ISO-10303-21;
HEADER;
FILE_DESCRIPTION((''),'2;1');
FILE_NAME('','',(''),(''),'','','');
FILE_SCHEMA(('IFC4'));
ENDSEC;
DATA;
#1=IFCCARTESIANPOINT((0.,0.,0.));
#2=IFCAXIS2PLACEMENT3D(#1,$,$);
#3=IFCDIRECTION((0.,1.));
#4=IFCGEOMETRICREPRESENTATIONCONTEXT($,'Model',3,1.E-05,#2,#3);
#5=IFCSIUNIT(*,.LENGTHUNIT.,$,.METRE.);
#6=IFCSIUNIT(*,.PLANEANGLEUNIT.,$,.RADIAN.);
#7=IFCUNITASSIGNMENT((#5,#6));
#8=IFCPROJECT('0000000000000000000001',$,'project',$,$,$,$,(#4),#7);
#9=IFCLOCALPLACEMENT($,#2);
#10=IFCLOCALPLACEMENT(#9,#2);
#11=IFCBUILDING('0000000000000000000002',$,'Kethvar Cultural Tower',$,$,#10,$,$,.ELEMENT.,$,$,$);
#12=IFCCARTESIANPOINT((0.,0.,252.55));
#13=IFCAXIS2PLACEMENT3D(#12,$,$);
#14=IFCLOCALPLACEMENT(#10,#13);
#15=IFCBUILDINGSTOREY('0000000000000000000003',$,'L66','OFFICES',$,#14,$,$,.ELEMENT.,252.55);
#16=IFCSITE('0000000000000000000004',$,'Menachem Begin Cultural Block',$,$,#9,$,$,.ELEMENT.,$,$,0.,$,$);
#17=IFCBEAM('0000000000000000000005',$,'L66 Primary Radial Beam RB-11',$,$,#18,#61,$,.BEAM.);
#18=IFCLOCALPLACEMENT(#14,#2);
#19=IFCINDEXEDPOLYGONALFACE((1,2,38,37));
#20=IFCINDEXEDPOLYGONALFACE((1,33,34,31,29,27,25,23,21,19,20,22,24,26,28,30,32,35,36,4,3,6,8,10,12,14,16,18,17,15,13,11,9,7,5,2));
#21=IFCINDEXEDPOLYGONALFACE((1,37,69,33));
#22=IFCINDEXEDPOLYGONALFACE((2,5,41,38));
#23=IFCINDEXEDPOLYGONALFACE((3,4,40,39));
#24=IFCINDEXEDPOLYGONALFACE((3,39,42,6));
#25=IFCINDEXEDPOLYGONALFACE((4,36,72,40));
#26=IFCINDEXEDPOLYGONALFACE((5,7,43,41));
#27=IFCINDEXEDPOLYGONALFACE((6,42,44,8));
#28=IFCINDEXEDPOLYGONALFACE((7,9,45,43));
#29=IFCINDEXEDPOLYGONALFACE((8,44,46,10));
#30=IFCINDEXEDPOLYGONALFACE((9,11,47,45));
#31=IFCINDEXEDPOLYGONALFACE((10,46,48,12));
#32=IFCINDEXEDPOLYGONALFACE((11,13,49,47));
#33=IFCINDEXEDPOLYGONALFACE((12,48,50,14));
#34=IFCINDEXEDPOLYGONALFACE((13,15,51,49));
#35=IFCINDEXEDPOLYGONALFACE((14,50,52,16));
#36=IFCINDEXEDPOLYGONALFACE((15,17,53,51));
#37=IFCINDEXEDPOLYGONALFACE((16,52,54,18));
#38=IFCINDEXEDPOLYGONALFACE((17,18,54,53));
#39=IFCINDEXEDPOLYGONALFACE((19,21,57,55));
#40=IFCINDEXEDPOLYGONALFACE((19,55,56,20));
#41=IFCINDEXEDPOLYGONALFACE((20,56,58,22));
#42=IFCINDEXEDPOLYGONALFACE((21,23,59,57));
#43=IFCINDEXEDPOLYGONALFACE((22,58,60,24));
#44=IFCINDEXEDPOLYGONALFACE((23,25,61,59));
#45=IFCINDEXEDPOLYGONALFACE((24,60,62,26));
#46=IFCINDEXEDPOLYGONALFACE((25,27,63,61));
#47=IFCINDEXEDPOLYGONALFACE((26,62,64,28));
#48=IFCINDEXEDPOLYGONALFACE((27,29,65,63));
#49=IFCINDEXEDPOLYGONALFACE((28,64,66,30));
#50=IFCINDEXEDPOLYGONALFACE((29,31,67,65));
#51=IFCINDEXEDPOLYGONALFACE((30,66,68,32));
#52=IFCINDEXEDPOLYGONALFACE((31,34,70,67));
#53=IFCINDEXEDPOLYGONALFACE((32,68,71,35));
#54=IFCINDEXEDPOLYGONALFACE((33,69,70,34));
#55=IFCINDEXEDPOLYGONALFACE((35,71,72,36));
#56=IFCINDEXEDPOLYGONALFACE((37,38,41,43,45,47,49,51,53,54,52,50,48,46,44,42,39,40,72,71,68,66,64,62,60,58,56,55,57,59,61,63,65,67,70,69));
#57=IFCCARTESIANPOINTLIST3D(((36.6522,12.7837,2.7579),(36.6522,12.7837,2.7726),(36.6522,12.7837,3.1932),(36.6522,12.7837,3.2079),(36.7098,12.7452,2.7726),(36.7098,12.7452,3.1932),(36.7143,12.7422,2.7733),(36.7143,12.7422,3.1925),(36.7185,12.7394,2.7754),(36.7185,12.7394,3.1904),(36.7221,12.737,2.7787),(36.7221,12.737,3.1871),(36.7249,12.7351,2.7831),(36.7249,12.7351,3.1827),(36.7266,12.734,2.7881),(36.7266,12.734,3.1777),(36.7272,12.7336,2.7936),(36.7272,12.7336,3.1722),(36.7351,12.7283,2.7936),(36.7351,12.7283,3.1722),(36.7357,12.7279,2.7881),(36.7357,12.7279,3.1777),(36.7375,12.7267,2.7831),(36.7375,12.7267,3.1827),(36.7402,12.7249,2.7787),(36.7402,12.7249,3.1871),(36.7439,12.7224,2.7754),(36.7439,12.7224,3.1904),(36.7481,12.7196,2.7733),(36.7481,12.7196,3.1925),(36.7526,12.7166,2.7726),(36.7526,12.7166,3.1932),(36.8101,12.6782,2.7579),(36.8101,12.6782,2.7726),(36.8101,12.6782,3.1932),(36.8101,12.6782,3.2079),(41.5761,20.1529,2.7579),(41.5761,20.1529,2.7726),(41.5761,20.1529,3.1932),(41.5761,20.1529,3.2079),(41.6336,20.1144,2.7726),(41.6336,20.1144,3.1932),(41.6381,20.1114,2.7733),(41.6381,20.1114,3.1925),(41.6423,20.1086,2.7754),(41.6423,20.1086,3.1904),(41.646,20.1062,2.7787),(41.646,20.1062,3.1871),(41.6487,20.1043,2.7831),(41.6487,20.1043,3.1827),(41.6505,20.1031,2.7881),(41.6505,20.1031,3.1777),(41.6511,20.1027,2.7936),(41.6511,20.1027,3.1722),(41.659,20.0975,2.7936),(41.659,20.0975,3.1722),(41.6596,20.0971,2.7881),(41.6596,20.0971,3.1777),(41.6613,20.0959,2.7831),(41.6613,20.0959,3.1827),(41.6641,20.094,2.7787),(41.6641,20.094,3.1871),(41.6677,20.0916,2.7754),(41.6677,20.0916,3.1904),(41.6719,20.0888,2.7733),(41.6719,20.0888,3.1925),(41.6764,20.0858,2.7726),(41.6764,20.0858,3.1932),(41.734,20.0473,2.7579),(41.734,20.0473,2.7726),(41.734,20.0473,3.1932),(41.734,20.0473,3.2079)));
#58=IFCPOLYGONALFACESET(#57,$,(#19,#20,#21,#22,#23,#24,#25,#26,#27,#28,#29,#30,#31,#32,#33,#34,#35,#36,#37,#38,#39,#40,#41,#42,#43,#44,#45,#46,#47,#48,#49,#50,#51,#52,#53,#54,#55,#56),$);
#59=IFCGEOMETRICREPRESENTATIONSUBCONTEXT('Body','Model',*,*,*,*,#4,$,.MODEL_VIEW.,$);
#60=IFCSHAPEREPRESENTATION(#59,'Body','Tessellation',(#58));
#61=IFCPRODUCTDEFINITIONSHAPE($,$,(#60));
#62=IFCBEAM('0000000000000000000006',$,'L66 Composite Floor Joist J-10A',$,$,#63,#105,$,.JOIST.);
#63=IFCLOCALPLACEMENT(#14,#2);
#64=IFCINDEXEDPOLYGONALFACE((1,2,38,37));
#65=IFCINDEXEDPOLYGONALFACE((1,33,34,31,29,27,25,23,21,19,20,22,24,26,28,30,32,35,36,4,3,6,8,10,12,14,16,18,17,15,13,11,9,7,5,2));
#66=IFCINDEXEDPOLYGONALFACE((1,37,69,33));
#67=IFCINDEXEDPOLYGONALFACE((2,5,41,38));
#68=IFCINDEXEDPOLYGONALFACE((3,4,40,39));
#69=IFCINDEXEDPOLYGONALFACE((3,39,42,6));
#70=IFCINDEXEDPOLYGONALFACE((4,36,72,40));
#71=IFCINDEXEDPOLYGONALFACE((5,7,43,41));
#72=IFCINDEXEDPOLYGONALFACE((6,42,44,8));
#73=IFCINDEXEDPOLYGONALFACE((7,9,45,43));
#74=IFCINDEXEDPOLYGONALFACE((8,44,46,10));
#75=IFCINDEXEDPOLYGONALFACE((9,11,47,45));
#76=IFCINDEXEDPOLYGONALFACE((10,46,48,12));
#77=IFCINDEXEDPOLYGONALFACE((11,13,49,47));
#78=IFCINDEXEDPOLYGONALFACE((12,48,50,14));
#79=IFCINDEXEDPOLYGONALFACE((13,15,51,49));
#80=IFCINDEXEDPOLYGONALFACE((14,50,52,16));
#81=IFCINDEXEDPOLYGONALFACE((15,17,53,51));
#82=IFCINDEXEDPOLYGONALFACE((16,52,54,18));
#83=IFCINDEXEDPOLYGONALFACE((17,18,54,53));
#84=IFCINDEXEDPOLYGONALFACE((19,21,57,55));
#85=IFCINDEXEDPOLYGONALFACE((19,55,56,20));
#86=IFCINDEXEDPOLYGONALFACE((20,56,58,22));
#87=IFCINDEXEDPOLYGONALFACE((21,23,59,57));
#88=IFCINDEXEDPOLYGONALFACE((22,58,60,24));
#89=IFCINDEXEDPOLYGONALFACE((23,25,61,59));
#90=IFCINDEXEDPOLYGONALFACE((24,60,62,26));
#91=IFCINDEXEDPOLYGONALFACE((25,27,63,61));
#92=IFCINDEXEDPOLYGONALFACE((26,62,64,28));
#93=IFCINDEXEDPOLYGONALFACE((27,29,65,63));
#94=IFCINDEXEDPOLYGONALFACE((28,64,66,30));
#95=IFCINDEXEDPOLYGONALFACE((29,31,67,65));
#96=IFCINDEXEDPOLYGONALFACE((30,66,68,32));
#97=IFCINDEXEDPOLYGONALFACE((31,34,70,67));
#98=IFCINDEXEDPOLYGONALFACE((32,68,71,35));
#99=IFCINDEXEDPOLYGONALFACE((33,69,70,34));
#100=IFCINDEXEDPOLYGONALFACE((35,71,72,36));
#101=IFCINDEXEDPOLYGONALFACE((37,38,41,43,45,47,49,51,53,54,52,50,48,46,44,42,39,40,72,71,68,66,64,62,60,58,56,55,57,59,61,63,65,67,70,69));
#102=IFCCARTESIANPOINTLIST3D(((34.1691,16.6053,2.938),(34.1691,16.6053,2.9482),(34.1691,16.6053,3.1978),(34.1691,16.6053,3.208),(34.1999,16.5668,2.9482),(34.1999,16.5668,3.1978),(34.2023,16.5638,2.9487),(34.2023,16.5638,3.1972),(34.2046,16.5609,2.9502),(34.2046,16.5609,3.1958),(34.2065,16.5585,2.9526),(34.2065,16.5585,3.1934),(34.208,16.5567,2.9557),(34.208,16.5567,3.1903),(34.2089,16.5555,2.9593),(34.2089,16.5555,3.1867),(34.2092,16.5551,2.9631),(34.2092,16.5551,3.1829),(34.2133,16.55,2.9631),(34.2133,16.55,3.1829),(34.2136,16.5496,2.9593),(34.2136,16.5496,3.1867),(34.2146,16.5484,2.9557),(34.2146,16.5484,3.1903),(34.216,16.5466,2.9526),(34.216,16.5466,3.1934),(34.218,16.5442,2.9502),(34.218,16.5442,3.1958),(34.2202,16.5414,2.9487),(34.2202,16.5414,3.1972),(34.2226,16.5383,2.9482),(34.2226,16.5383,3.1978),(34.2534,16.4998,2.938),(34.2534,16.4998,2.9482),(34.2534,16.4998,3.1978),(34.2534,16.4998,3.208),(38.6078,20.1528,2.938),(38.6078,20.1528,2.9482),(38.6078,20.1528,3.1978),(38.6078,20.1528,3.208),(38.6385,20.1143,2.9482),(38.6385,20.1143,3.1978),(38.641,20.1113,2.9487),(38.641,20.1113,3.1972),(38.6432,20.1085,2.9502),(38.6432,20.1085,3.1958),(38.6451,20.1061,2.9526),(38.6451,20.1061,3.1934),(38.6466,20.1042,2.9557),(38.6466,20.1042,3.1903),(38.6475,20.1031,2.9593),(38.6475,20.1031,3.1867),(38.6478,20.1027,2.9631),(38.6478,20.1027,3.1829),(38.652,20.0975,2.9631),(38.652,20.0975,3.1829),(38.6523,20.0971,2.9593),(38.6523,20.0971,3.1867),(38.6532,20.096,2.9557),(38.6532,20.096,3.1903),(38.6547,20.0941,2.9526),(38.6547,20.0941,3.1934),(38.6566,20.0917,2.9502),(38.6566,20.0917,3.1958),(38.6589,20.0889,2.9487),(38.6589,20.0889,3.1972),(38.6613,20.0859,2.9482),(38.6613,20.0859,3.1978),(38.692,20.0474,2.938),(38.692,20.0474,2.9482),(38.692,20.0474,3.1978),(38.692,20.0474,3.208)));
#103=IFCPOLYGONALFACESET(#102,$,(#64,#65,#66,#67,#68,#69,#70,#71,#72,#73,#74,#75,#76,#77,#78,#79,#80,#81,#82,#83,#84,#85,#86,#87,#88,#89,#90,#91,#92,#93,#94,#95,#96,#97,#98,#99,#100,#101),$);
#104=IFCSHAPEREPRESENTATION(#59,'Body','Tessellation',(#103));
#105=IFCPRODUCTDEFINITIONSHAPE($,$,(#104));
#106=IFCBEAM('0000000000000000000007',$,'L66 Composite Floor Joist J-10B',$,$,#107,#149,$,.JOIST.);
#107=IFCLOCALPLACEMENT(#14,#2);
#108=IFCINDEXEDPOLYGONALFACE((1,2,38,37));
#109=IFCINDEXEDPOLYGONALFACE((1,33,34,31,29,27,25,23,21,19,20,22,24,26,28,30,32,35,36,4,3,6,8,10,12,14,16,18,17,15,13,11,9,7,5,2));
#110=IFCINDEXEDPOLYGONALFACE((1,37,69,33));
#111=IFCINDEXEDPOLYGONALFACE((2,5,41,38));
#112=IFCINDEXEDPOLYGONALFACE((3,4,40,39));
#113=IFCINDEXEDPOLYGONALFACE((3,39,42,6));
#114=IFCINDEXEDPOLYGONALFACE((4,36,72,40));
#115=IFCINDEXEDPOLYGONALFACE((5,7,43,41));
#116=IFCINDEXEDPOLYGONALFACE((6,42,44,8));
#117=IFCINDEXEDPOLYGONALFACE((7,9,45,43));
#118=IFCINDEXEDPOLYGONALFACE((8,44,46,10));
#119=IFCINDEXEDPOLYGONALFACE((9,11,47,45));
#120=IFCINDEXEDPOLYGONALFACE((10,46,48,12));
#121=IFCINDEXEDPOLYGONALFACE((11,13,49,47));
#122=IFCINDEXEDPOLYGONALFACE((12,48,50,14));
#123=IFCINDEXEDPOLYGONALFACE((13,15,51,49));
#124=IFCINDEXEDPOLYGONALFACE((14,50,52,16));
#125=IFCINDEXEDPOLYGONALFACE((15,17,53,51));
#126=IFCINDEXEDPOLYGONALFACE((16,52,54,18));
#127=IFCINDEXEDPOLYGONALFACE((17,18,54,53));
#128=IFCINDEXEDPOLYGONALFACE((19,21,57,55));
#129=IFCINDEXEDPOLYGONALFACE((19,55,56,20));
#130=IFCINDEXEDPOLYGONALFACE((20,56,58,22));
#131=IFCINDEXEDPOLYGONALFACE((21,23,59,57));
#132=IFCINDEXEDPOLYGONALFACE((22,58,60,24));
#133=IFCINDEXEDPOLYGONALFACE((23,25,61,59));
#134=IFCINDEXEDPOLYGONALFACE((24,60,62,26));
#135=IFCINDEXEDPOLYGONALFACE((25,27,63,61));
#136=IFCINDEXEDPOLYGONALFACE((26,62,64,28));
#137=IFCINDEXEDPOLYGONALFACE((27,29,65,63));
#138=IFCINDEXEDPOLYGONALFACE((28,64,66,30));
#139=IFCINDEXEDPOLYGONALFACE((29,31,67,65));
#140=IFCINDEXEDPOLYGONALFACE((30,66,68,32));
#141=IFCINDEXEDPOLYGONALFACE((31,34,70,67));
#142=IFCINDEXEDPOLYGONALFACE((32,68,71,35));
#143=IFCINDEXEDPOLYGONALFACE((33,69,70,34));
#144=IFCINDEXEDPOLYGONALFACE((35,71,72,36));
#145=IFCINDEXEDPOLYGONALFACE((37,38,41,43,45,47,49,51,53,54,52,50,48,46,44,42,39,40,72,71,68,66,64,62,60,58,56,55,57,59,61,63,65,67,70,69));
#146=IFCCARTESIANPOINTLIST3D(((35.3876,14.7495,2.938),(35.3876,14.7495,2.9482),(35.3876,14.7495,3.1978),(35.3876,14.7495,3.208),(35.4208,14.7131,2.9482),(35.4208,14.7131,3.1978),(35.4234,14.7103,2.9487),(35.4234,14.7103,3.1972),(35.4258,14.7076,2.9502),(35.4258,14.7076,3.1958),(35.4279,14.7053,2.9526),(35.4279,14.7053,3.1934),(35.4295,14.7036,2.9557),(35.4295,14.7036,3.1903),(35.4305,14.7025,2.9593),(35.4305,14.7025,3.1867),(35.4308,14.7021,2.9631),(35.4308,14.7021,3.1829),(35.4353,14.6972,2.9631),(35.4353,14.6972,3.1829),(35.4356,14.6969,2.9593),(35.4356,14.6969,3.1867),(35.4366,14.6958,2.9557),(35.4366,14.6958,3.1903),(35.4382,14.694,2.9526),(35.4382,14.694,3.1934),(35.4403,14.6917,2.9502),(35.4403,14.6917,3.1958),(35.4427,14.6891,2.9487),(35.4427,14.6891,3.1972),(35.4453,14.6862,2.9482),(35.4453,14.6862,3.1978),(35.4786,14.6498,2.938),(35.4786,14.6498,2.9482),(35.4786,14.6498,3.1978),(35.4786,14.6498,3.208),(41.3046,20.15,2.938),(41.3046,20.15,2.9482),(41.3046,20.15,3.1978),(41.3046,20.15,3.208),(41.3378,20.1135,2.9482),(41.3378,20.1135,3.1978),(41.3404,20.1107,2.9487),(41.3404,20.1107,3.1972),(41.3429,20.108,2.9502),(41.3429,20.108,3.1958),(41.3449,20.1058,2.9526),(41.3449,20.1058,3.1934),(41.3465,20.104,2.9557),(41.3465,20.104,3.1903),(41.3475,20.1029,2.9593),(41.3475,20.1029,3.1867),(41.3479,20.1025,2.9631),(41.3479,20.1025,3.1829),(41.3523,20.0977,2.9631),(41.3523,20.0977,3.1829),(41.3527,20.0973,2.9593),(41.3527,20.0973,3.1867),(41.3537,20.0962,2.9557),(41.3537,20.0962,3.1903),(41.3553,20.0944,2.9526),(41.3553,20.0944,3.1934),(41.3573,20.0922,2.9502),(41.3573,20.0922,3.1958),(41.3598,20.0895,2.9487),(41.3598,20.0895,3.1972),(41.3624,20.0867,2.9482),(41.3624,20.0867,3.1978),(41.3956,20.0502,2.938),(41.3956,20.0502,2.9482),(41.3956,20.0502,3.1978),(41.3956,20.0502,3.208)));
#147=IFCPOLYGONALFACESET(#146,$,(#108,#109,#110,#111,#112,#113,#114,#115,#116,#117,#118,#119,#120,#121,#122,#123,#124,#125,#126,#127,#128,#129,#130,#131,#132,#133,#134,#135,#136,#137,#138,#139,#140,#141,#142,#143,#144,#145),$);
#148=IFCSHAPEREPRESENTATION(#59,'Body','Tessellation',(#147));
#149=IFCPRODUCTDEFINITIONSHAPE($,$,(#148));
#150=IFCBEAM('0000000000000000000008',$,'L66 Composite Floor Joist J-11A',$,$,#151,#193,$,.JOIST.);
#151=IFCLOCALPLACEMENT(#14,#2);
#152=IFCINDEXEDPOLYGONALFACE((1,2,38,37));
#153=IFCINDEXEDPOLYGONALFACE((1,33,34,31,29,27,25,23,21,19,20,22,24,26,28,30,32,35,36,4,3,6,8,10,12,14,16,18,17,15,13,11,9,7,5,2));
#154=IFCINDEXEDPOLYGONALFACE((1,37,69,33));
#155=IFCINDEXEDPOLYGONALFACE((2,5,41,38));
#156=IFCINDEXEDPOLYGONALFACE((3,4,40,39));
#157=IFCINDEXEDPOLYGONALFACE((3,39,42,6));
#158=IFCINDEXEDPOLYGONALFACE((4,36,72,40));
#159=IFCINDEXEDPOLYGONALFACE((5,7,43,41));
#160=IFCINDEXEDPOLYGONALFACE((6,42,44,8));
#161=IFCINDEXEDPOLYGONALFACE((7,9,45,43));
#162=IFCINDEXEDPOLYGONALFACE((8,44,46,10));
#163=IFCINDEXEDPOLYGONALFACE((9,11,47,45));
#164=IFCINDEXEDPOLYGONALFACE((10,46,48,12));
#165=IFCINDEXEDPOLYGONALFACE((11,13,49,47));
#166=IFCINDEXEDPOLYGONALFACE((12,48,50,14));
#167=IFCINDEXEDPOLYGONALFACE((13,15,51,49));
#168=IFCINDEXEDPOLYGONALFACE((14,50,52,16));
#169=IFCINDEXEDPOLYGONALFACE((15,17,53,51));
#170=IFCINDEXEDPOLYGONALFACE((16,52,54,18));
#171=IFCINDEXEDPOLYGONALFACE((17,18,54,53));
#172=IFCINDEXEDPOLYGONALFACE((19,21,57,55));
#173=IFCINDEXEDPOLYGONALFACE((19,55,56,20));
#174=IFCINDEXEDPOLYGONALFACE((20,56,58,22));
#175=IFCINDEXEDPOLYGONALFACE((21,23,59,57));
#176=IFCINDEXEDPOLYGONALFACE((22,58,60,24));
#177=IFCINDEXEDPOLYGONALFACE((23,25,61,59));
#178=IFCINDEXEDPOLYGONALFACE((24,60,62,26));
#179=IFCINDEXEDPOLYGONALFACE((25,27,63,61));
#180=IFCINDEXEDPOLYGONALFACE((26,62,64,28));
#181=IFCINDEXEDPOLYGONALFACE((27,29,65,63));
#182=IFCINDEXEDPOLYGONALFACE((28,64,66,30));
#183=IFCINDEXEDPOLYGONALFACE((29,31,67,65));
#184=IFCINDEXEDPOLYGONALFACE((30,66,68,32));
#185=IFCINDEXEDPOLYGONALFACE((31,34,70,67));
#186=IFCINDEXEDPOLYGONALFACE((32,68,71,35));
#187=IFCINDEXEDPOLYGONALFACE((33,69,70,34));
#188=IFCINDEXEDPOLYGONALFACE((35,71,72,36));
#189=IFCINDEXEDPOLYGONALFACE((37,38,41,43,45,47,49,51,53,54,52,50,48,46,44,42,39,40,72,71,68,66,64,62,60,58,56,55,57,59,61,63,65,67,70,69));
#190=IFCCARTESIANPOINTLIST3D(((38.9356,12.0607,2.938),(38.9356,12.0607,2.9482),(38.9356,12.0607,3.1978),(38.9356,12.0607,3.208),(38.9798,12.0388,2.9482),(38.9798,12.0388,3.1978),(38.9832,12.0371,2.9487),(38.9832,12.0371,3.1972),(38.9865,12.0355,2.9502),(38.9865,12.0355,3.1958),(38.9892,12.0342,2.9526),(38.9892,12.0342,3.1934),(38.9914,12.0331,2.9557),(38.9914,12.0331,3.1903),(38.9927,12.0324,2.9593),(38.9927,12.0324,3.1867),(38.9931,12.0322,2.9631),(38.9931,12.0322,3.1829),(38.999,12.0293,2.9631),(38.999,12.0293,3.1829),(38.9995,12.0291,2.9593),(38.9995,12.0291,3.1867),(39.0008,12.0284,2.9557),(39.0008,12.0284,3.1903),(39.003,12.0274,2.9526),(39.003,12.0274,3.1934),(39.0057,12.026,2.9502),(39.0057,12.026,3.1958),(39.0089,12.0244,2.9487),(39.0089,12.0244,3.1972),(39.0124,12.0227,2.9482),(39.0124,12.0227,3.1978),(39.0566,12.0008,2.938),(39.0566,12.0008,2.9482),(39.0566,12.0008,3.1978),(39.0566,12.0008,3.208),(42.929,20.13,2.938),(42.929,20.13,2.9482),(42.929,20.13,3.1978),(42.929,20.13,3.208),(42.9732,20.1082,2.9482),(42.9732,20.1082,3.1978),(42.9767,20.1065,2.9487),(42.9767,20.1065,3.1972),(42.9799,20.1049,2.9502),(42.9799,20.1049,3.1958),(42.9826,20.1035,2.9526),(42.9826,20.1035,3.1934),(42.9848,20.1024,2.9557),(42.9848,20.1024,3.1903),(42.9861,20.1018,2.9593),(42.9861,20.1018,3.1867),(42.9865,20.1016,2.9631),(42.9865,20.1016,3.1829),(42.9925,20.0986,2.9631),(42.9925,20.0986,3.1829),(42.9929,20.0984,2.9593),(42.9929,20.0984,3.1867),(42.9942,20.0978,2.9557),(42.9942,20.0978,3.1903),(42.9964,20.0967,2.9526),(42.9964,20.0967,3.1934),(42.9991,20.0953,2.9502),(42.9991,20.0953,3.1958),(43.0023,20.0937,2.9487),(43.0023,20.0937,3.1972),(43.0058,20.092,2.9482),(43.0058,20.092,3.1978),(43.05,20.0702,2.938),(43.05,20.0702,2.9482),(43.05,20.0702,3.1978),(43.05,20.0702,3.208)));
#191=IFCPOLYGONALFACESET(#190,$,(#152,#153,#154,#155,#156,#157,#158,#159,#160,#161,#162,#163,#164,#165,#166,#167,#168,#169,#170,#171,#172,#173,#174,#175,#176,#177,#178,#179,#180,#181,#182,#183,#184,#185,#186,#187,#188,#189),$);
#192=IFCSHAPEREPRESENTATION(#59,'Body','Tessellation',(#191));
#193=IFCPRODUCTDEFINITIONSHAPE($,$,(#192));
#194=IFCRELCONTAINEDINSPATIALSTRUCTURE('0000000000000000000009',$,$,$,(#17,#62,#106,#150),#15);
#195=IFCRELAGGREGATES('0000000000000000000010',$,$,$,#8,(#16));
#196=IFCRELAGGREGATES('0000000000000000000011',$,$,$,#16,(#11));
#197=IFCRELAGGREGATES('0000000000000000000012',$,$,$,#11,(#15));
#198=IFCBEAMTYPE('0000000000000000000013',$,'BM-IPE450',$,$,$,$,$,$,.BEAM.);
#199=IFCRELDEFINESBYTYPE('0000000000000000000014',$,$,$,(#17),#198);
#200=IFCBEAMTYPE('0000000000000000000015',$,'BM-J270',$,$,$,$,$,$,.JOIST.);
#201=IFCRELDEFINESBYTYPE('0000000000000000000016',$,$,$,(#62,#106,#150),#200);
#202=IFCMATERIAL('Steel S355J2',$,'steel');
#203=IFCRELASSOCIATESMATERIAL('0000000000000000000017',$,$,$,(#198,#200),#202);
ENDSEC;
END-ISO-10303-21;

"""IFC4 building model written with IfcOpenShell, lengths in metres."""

from ifc_helpers import new_model, si_unit, direction, frame, origin, origin_2d, place, context, subcontext, project, spatial, i_section, extrude, source, transform, mapped, material, material_profile, profile_set, type_object, element, save


model = new_model("IFC4")

# Units and contexts
model_context = context("Model", 3, precision=1e-05, world=origin(), true_north=direction((0.0, 1.0)))
body_context = subcontext(model_context, "Body", "Model", "MODEL_VIEW")
ifc_project = project(units=[si_unit("LENGTHUNIT", "METRE"), si_unit("PLANEANGLEUNIT", "RADIAN")], contexts=[model_context])

# Site, building, storey
site_placement = place(None, origin())
site = spatial("IfcSite", under=ifc_project, at=site_placement, Name="Menachem Begin Cultural Block", CompositionType="ELEMENT", RefElevation=0.0)
building_placement = place(site_placement, origin())
building = spatial("IfcBuilding", under=site, at=building_placement, Name="Kethvar Cultural Tower", CompositionType="ELEMENT")
storey_placement = place(building_placement, frame((0.0, 0.0, 252.55)))
storey = spatial("IfcBuildingStorey", under=building, at=storey_placement, Name="L66", Description="OFFICES", CompositionType="ELEMENT", Elevation=252.55)

# Beams
ifc_material_1 = material(Name="Steel S355J2", Category="steel")
ifc_material_profile_1 = material_profile(ifc_material_1, i_section(OverallWidth=0.1899, OverallDepth=0.45, WebThickness=0.0095, FlangeThickness=0.0146, FilletRadius=0.021, at=origin_2d()), Name="Steel S355J2 — IPE450")
ifc_profile_set_1 = profile_set([ifc_material_profile_1], Name="Steel S355J2 — IPE450")
beam_type_1 = type_object("IfcBeamType", Name="BM-IPE450", PredefinedType="BEAM", material=ifc_profile_set_1)
shared_shape_1 = source(origin(), body_context, "Body", "SweptSolid", [
    extrude(i_section(OverallWidth=0.1899, OverallDepth=0.45, WebThickness=0.0095, FlangeThickness=0.0146, FilletRadius=0.021, at=origin_2d()), origin(), (0.0, 0.0, 1.0), 8.8628),
])
beam_1_placement = place(storey_placement, frame((41.655, 20.1001, 2.9829), z_axis=(-0.555564, -0.831473, 0.0), x_axis=(0.831473, -0.555564, 0.0)))
element("IfcBeam", 1, at=beam_1_placement, inside=storey, type_object=beam_type_1, Name="L66 Primary Radial Beam RB-11", PredefinedType="BEAM", context=body_context, shape_type="MappedRepresentation", body=[
    mapped(shared_shape_1, transform((0.0, 0.0, 0.0), scale=1.0)),
])
ifc_material_profile_2 = material_profile(ifc_material_1, i_section(OverallWidth=0.135, OverallDepth=0.27, WebThickness=0.0066, FlangeThickness=0.0103, FilletRadius=0.0149, at=origin_2d()), Name="Steel S355J2 — IPE270")
ifc_profile_set_2 = profile_set([ifc_material_profile_2], Name="Steel S355J2 — IPE270")
beam_type_2 = type_object("IfcBeamType", Name="BM-J270", PredefinedType="JOIST", material=ifc_profile_set_2)
shared_shape_2 = source(origin(), body_context, "Body", "SweptSolid", [
    extrude(i_section(OverallWidth=0.135, OverallDepth=0.27, WebThickness=0.0066, FlangeThickness=0.0103, FilletRadius=0.0149, at=origin_2d()), origin(), (0.0, 0.0, 1.0), 5.6821),
])
beam_2_placement = place(storey_placement, frame((38.6499, 20.1001, 3.073), z_axis=(-0.781158, -0.624333, 0.0), x_axis=(0.624333, -0.781158, 0.0)))
element("IfcBeam", 2, at=beam_2_placement, inside=storey, type_object=beam_type_2, Name="L66 Composite Floor Joist J-10A", PredefinedType="JOIST", context=body_context, shape_type="MappedRepresentation", body=[
    mapped(shared_shape_2, transform((0.0, 0.0, 0.0), scale=1.0)),
])
shared_shape_3 = source(origin(), body_context, "Body", "SweptSolid", [
    extrude(i_section(OverallWidth=0.135, OverallDepth=0.27, WebThickness=0.0066, FlangeThickness=0.0103, FilletRadius=0.0149, at=origin_2d()), origin(), (0.0, 0.0, 1.0), 8.011),
])
beam_3_placement = place(storey_placement, frame((41.3501, 20.1001, 3.073), z_axis=(-0.738615, -0.674128, 0.0), x_axis=(0.674128, -0.738615, 0.0)))
element("IfcBeam", 3, at=beam_3_placement, inside=storey, type_object=beam_type_2, Name="L66 Composite Floor Joist J-10B", PredefinedType="JOIST", context=body_context, shape_type="MappedRepresentation", body=[
    mapped(shared_shape_3, transform((0.0, 0.0, 0.0), scale=1.0)),
])
shared_shape_4 = source(origin(), body_context, "Body", "SweptSolid", [
    extrude(i_section(OverallWidth=0.135, OverallDepth=0.27, WebThickness=0.0066, FlangeThickness=0.0103, FilletRadius=0.0149, at=origin_2d()), origin(), (0.0, 0.0, 1.0), 9.0034),
])
beam_4_placement = place(storey_placement, frame((42.9895, 20.1001, 3.073), z_axis=(-0.443544, -0.896253, 0.0), x_axis=(0.896253, -0.443544, 0.0)))
element("IfcBeam", 4, at=beam_4_placement, inside=storey, type_object=beam_type_2, Name="L66 Composite Floor Joist J-11A", PredefinedType="JOIST", context=body_context, shape_type="MappedRepresentation", body=[
    mapped(shared_shape_4, transform((0.0, 0.0, 0.0), scale=1.0)),
])

save(model, "model.ifc")
